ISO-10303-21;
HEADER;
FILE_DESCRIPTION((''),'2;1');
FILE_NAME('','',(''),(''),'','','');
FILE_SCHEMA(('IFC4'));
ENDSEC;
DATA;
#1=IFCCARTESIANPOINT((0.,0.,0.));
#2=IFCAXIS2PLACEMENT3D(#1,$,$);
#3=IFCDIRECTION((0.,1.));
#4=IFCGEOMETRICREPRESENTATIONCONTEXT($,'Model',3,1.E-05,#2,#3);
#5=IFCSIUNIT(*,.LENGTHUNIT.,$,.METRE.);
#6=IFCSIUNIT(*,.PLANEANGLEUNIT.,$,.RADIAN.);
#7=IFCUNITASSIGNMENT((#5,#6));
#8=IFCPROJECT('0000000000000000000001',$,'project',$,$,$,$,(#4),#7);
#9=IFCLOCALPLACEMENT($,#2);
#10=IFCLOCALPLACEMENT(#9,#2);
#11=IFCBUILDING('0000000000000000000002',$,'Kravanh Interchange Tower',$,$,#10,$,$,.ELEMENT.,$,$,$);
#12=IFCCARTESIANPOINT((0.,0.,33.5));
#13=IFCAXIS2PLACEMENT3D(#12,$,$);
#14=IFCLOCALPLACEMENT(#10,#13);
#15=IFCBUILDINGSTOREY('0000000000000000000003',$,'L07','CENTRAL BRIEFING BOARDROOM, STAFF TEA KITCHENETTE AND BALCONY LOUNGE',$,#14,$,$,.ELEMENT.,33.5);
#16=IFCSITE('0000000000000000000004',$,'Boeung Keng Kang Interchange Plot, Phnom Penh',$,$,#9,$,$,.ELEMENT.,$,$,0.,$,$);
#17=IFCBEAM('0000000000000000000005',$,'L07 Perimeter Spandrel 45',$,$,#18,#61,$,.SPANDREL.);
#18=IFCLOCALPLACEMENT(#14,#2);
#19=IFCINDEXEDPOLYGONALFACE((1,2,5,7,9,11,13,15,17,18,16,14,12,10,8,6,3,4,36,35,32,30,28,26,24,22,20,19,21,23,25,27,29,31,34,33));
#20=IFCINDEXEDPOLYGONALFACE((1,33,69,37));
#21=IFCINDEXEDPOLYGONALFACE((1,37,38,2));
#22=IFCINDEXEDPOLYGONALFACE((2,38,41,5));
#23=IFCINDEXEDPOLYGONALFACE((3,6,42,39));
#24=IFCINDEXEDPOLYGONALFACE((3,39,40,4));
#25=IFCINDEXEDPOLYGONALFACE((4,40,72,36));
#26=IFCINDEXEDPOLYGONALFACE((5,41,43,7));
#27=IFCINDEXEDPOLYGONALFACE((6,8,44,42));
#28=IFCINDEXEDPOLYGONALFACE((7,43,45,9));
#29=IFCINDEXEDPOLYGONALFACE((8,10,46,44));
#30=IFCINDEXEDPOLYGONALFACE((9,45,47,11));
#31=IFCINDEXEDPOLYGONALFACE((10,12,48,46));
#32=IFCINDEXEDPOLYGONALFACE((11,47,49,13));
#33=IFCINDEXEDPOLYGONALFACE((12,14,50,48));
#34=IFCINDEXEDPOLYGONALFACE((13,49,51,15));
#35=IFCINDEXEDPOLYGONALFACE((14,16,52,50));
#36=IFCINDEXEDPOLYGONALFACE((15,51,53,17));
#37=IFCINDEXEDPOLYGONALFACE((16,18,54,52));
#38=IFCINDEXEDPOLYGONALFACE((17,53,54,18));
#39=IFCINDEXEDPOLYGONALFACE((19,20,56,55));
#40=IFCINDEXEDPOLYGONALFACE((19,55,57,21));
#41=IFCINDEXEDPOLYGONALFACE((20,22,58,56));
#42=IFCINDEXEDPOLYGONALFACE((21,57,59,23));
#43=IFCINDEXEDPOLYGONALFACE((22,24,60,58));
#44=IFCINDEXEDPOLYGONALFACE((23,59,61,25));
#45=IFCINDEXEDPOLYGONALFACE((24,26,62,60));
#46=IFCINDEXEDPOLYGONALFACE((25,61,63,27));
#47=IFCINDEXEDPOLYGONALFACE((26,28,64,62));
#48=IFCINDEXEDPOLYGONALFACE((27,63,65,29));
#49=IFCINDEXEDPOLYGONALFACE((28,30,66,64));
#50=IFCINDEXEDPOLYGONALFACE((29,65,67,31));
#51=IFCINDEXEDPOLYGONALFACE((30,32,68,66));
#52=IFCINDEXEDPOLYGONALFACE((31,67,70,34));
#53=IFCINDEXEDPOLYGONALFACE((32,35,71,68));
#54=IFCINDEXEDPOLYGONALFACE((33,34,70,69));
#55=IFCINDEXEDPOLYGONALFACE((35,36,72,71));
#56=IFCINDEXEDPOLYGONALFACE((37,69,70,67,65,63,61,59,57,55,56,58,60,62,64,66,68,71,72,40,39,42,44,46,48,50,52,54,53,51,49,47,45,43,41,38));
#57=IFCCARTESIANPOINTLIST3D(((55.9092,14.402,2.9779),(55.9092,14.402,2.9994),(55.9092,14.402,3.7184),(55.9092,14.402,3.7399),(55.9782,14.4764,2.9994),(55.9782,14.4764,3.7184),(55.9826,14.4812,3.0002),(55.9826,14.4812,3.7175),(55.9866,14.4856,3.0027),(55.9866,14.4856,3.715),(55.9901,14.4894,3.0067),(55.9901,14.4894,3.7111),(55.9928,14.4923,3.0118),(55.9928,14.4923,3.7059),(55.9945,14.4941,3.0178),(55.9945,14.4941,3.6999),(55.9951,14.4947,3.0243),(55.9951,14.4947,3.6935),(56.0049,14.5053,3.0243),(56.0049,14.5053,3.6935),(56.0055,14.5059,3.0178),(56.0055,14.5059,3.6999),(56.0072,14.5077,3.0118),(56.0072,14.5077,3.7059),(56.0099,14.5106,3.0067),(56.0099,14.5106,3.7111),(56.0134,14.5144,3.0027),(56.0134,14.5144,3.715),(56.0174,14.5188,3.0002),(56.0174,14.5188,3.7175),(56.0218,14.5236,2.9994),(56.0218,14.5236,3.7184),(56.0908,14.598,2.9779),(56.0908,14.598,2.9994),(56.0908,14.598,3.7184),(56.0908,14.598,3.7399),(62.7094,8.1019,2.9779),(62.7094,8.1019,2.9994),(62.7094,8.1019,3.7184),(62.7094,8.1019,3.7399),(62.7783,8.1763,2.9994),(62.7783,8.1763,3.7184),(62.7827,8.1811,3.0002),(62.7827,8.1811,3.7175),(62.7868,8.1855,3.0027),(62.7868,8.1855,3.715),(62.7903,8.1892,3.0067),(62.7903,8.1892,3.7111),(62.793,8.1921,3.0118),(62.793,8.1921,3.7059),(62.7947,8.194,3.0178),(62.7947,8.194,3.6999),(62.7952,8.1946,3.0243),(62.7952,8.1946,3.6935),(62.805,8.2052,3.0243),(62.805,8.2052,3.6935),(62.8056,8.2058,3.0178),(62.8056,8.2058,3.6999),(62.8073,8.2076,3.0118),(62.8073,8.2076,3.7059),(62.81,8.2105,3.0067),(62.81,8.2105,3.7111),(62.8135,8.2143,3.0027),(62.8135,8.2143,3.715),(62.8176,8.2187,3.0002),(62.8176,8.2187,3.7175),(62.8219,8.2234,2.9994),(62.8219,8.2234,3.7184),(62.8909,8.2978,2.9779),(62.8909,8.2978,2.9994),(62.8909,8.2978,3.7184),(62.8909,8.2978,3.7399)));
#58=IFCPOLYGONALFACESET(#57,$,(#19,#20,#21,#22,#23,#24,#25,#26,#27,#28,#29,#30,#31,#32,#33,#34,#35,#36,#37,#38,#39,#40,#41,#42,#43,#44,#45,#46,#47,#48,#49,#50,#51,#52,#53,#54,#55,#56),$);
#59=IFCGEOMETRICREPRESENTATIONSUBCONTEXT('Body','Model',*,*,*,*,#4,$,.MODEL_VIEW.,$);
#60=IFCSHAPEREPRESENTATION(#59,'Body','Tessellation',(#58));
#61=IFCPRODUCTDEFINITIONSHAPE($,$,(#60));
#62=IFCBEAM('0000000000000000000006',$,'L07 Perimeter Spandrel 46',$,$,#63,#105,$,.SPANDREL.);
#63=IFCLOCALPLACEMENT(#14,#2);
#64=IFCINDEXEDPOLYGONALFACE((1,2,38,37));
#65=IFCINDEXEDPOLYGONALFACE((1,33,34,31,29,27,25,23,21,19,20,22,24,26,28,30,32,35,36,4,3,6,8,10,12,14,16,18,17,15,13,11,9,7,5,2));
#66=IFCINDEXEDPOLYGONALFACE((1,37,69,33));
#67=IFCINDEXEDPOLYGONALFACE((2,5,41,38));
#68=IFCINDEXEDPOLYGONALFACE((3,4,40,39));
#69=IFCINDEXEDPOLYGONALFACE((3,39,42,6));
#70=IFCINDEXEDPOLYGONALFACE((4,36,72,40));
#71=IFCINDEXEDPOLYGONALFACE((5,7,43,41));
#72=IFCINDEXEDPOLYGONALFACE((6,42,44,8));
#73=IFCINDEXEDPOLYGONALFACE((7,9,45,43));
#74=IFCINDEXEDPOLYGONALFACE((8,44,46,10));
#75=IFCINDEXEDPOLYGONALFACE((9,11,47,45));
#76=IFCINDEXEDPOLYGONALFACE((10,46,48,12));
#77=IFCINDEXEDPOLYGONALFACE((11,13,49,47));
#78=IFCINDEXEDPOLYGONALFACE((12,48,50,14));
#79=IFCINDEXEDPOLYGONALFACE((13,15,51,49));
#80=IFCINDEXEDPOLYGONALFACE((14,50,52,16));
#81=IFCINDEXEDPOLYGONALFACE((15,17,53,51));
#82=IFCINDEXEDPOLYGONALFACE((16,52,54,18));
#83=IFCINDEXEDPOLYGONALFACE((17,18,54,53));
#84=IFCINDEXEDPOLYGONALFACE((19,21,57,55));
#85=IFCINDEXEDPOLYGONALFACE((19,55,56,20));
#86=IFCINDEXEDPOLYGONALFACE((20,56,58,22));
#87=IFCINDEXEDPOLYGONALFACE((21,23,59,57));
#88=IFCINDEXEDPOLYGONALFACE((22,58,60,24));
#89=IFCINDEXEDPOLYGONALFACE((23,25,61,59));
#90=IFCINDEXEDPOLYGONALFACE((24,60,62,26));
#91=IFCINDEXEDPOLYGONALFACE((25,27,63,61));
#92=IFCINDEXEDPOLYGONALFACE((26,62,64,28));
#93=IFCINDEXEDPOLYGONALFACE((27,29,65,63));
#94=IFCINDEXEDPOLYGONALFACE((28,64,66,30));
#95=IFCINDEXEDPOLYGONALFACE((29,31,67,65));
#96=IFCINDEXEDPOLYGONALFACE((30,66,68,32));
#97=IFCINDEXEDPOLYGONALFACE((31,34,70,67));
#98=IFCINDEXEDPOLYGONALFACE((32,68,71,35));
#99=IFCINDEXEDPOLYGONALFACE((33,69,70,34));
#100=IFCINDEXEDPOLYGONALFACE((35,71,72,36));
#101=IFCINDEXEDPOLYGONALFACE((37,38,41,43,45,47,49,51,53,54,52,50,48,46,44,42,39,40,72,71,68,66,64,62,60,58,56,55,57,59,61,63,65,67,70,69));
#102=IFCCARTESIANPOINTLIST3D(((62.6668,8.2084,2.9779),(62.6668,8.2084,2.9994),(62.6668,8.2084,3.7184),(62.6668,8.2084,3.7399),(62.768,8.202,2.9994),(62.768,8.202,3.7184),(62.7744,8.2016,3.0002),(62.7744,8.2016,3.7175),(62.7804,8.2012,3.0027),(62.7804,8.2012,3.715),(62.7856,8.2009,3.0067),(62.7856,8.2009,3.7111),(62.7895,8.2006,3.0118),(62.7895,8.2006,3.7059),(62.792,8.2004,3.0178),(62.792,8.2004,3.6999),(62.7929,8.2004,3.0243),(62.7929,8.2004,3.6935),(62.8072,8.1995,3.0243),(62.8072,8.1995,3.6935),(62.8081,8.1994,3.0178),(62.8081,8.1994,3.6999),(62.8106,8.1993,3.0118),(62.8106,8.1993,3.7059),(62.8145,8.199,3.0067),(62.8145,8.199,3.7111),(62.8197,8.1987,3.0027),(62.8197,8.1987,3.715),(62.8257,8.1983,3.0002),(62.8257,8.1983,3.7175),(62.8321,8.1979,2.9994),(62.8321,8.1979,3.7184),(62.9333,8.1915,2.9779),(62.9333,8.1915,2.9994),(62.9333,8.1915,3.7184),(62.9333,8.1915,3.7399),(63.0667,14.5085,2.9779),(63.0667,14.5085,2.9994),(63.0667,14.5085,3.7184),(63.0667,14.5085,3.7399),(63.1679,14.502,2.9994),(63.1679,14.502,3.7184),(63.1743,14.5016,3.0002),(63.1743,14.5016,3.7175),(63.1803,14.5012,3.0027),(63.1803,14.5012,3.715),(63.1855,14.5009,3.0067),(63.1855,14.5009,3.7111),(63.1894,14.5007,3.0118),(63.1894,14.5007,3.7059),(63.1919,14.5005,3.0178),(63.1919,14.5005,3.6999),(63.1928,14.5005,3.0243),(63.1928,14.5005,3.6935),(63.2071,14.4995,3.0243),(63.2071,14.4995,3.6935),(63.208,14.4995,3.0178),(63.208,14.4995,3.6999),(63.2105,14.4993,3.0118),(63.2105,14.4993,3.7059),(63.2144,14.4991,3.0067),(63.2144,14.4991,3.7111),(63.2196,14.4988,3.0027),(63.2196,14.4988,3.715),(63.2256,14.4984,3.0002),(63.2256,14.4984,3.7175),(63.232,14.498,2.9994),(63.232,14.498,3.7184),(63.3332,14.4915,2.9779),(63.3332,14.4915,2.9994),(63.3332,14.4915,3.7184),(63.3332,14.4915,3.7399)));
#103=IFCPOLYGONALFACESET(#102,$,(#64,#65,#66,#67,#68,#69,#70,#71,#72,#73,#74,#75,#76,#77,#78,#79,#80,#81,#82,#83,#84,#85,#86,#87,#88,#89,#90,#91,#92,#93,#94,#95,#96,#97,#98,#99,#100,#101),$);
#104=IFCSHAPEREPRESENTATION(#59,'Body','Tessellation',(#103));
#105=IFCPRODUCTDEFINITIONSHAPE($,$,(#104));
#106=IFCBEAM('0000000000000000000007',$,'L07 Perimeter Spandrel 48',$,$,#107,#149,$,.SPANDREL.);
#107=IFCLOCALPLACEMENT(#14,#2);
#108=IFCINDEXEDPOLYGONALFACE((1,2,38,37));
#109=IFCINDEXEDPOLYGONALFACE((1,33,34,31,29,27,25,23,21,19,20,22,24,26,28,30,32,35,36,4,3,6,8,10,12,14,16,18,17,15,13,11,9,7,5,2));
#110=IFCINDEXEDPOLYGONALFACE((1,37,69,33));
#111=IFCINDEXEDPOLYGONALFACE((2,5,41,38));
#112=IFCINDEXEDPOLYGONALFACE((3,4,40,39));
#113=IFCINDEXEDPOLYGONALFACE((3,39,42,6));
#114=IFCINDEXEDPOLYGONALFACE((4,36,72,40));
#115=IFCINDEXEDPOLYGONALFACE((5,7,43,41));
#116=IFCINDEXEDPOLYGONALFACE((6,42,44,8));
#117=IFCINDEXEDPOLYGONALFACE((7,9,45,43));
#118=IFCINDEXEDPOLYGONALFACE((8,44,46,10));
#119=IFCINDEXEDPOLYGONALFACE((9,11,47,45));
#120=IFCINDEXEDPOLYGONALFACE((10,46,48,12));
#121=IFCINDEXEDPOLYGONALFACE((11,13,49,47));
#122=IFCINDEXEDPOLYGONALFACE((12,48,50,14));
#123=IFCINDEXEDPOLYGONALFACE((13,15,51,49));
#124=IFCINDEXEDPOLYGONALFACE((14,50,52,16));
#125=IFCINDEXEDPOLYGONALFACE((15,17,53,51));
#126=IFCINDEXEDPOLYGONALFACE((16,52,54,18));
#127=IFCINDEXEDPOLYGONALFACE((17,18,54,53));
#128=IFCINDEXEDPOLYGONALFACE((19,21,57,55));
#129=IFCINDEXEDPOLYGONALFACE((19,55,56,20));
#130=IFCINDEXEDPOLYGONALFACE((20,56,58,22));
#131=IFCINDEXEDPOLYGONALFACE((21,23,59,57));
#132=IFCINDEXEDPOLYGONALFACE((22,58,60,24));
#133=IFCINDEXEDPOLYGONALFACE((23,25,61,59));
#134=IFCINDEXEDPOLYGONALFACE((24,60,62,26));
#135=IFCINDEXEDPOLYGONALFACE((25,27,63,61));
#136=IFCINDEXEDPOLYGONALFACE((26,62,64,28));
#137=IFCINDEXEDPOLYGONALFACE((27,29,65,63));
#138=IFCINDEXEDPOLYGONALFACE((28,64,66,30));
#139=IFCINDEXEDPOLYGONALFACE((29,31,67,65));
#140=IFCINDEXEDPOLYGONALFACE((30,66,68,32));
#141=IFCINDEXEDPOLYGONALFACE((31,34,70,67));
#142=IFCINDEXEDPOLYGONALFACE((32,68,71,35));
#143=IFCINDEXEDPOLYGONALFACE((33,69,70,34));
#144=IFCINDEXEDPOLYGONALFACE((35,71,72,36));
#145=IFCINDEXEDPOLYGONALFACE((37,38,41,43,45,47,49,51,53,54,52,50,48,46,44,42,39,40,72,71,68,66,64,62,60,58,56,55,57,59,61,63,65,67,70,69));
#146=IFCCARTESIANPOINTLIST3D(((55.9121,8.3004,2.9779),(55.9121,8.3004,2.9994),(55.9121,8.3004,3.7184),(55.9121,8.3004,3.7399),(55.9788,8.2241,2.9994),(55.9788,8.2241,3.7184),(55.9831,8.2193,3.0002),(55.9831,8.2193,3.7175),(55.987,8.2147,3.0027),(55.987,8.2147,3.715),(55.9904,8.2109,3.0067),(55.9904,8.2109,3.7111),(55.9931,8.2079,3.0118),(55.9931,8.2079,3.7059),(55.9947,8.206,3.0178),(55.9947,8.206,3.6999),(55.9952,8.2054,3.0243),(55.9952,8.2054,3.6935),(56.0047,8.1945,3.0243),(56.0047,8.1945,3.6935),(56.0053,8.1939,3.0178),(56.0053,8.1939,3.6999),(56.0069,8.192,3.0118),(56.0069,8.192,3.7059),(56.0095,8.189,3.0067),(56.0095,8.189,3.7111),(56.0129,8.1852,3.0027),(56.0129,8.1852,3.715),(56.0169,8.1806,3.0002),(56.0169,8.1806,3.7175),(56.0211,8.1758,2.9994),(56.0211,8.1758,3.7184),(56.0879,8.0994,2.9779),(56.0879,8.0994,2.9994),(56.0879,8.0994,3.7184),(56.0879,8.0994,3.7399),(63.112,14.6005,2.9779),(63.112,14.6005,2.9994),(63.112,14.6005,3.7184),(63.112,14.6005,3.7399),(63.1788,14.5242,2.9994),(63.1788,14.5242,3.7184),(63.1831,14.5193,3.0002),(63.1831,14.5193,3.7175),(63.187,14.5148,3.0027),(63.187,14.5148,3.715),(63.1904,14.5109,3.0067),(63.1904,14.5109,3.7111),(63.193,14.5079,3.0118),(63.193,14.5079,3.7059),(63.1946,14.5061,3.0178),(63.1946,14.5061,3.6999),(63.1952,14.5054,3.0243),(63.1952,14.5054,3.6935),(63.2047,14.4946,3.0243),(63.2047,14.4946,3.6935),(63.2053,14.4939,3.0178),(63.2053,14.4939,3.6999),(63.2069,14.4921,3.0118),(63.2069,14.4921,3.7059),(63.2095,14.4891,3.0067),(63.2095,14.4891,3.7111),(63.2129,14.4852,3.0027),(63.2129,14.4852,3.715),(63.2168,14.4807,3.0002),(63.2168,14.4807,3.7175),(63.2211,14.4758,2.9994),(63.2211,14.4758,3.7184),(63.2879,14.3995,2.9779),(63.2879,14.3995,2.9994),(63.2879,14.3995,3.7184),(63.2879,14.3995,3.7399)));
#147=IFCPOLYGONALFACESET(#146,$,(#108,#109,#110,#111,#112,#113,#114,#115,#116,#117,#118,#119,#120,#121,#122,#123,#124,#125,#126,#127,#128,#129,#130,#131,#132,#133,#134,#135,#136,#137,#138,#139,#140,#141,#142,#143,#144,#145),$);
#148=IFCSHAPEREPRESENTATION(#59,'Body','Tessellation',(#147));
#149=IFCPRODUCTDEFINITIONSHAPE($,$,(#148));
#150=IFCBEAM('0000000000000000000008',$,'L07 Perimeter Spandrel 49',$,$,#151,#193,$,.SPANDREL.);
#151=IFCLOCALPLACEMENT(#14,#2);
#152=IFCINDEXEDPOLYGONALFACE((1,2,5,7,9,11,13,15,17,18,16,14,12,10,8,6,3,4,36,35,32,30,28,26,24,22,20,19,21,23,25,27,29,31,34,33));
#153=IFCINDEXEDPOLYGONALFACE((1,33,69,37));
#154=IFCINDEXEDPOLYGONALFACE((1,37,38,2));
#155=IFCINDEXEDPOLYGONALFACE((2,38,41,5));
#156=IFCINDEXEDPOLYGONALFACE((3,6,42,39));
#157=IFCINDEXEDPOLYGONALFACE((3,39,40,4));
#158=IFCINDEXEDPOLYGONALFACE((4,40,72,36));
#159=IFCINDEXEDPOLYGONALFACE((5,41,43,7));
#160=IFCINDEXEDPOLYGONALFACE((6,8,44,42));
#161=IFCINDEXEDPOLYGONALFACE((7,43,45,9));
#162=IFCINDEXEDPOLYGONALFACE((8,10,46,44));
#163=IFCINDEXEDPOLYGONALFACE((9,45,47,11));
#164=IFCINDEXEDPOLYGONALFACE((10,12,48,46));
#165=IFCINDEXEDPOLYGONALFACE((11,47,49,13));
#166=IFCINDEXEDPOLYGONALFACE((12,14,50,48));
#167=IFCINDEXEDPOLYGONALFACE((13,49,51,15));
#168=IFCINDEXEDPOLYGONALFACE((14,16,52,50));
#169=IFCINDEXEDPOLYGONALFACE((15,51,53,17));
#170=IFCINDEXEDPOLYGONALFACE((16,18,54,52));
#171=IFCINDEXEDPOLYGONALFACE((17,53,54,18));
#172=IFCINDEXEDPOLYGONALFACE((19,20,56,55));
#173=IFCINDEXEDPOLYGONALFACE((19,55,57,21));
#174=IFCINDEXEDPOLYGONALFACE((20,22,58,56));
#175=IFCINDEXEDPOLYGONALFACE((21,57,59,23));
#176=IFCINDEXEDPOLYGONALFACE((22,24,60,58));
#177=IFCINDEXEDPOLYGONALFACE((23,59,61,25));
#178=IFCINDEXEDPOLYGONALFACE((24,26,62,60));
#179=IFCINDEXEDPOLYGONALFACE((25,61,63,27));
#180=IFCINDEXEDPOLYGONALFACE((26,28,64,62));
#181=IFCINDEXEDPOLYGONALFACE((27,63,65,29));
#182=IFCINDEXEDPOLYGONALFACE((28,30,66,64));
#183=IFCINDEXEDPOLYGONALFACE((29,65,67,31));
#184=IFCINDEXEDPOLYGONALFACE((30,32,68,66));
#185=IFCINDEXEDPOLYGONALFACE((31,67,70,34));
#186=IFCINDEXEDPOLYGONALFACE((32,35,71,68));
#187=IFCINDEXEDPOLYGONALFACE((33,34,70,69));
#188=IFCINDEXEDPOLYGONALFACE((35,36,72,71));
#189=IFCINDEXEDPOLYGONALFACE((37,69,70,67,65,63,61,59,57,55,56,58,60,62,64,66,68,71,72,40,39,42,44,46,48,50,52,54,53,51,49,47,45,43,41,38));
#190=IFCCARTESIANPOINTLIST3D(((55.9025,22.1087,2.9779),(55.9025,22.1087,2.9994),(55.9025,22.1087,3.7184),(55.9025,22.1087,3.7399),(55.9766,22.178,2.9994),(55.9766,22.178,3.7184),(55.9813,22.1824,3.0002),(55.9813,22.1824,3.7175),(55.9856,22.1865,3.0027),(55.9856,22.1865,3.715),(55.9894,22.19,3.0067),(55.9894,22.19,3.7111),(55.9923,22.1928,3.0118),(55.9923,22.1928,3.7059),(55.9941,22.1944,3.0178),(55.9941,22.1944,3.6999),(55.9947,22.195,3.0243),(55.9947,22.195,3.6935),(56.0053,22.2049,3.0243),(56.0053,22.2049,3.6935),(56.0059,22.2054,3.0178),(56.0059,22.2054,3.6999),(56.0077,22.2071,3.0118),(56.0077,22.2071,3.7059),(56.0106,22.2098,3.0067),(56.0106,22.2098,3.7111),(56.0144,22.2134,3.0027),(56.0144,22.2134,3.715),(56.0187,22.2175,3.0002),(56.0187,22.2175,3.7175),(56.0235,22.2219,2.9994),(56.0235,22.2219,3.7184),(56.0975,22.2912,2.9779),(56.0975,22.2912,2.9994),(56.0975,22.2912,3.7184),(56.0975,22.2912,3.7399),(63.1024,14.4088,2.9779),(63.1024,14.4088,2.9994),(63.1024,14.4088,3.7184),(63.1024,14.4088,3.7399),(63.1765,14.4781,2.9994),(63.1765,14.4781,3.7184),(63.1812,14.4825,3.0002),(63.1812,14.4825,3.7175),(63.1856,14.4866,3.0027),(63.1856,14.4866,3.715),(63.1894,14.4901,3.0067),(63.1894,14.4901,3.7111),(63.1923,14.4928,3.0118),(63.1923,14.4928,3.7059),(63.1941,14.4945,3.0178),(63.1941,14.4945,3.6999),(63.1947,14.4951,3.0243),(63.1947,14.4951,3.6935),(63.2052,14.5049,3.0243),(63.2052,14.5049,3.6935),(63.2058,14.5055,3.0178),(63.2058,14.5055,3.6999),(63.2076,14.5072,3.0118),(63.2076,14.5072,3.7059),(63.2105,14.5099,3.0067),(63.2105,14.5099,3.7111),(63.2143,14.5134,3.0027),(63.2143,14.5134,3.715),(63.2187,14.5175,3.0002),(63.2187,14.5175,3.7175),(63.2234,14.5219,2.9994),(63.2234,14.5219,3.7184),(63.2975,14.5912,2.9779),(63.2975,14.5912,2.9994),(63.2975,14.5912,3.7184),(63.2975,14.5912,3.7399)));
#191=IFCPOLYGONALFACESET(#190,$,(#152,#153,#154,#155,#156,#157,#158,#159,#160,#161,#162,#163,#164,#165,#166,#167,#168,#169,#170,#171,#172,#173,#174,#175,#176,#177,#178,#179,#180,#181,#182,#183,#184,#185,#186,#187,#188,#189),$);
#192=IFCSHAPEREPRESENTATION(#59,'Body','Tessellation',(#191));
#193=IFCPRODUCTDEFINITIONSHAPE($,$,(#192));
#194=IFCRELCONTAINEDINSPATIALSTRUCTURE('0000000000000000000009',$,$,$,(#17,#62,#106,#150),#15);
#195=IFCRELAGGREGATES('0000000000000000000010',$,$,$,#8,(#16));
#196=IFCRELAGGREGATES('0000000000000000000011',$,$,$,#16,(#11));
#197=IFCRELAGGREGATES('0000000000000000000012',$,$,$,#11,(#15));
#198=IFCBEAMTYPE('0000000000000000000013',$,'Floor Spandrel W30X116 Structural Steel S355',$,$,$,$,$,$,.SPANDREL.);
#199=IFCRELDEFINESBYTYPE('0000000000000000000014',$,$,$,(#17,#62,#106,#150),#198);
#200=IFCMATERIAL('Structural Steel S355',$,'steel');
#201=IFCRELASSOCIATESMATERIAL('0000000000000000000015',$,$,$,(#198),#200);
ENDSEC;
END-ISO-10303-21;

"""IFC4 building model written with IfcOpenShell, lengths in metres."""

from ifc_helpers import new_model, si_unit, direction, frame, origin, origin_2d, place, context, subcontext, project, spatial, i_section, extrude, material, material_profile, profile_set, type_object, element, save


model = new_model("IFC4")

# Units and contexts
model_context = context("Model", 3, precision=1e-05, world=origin(), true_north=direction((0.0, 1.0)))
body_context = subcontext(model_context, "Body", "Model", "MODEL_VIEW")
ifc_project = project(units=[si_unit("LENGTHUNIT", "METRE"), si_unit("PLANEANGLEUNIT", "RADIAN")], contexts=[model_context])

# Site, building, storey
site_placement = place(None, origin())
site = spatial("IfcSite", under=ifc_project, at=site_placement, Name="Boeung Keng Kang Interchange Plot, Phnom Penh", CompositionType="ELEMENT", RefElevation=0.0)
building_placement = place(site_placement, origin())
building = spatial("IfcBuilding", under=site, at=building_placement, Name="Kravanh Interchange Tower", CompositionType="ELEMENT")
storey_placement = place(building_placement, frame((0.0, 0.0, 33.5)))
storey = spatial("IfcBuildingStorey", under=building, at=storey_placement, Name="L07", Description="CENTRAL BRIEFING BOARDROOM, STAFF TEA KITCHENETTE AND BALCONY LOUNGE", CompositionType="ELEMENT", Elevation=33.5)

# Beams
ifc_material_1 = material(Name="Structural Steel S355", Category="steel")
ifc_material_profile_1 = material_profile(ifc_material_1, i_section(OverallWidth=0.2671, OverallDepth=0.762, WebThickness=0.0144, FlangeThickness=0.0215, FilletRadius=0.0249, at=origin_2d()), Name="W30X116")
ifc_profile_set_1 = profile_set([ifc_material_profile_1], Name="Structural Steel S355")
beam_type_1 = type_object("IfcBeamType", Name="Floor Spandrel W30X116 Structural Steel S355", PredefinedType="SPANDREL", material=ifc_profile_set_1)
beam_1_placement = place(storey_placement, frame((56.0, 14.5, 3.3589), z_axis=(0.733561, -0.679623, 0.0), x_axis=(0.679623, 0.733561, 0.0)))
element("IfcBeam", 1, at=beam_1_placement, inside=storey, type_object=beam_type_1, Name="L07 Perimeter Spandrel 45", PredefinedType="SPANDREL", context=body_context, shape_type="SweptSolid", body=[
    extrude(i_section(OverallWidth=0.2671, OverallDepth=0.762, WebThickness=0.0144, FlangeThickness=0.0215, FilletRadius=0.0249, at=origin_2d()), origin(), (0.0, 0.0, 1.0), 9.27),
])
beam_2_placement = place(storey_placement, frame((63.2, 14.5, 3.3589), z_axis=(-0.063349, -0.997991, 0.0), x_axis=(0.997991, -0.063349, 0.0)))
element("IfcBeam", 2, at=beam_2_placement, inside=storey, type_object=beam_type_1, Name="L07 Perimeter Spandrel 46", PredefinedType="SPANDREL", context=body_context, shape_type="SweptSolid", body=[
    extrude(i_section(OverallWidth=0.2671, OverallDepth=0.762, WebThickness=0.0144, FlangeThickness=0.0215, FilletRadius=0.0249, at=origin_2d()), origin(), (0.0, 0.0, 1.0), 6.3127),
])
beam_3_placement = place(storey_placement, frame((63.2, 14.5, 3.3589), z_axis=(-0.752572, -0.65851, 0.0), x_axis=(0.65851, -0.752572, 0.0)))
element("IfcBeam", 3, at=beam_3_placement, inside=storey, type_object=beam_type_1, Name="L07 Perimeter Spandrel 48", PredefinedType="SPANDREL", context=body_context, shape_type="SweptSolid", body=[
    extrude(i_section(OverallWidth=0.2671, OverallDepth=0.762, WebThickness=0.0144, FlangeThickness=0.0215, FilletRadius=0.0249, at=origin_2d()), origin(), (0.0, 0.0, 1.0), 9.5671),
])
beam_4_placement = place(storey_placement, frame((63.2, 14.5, 3.3589), z_axis=(-0.682994, 0.730424, 0.0), x_axis=(-0.730424, -0.682994, 0.0)))
element("IfcBeam", 4, at=beam_4_placement, inside=storey, type_object=beam_type_1, Name="L07 Perimeter Spandrel 49", PredefinedType="SPANDREL", context=body_context, shape_type="SweptSolid", body=[
    extrude(i_section(OverallWidth=0.2671, OverallDepth=0.762, WebThickness=0.0144, FlangeThickness=0.0215, FilletRadius=0.0249, at=origin_2d()), origin(), (0.0, 0.0, 1.0), 10.5417),
])

save(model, "model.ifc")
